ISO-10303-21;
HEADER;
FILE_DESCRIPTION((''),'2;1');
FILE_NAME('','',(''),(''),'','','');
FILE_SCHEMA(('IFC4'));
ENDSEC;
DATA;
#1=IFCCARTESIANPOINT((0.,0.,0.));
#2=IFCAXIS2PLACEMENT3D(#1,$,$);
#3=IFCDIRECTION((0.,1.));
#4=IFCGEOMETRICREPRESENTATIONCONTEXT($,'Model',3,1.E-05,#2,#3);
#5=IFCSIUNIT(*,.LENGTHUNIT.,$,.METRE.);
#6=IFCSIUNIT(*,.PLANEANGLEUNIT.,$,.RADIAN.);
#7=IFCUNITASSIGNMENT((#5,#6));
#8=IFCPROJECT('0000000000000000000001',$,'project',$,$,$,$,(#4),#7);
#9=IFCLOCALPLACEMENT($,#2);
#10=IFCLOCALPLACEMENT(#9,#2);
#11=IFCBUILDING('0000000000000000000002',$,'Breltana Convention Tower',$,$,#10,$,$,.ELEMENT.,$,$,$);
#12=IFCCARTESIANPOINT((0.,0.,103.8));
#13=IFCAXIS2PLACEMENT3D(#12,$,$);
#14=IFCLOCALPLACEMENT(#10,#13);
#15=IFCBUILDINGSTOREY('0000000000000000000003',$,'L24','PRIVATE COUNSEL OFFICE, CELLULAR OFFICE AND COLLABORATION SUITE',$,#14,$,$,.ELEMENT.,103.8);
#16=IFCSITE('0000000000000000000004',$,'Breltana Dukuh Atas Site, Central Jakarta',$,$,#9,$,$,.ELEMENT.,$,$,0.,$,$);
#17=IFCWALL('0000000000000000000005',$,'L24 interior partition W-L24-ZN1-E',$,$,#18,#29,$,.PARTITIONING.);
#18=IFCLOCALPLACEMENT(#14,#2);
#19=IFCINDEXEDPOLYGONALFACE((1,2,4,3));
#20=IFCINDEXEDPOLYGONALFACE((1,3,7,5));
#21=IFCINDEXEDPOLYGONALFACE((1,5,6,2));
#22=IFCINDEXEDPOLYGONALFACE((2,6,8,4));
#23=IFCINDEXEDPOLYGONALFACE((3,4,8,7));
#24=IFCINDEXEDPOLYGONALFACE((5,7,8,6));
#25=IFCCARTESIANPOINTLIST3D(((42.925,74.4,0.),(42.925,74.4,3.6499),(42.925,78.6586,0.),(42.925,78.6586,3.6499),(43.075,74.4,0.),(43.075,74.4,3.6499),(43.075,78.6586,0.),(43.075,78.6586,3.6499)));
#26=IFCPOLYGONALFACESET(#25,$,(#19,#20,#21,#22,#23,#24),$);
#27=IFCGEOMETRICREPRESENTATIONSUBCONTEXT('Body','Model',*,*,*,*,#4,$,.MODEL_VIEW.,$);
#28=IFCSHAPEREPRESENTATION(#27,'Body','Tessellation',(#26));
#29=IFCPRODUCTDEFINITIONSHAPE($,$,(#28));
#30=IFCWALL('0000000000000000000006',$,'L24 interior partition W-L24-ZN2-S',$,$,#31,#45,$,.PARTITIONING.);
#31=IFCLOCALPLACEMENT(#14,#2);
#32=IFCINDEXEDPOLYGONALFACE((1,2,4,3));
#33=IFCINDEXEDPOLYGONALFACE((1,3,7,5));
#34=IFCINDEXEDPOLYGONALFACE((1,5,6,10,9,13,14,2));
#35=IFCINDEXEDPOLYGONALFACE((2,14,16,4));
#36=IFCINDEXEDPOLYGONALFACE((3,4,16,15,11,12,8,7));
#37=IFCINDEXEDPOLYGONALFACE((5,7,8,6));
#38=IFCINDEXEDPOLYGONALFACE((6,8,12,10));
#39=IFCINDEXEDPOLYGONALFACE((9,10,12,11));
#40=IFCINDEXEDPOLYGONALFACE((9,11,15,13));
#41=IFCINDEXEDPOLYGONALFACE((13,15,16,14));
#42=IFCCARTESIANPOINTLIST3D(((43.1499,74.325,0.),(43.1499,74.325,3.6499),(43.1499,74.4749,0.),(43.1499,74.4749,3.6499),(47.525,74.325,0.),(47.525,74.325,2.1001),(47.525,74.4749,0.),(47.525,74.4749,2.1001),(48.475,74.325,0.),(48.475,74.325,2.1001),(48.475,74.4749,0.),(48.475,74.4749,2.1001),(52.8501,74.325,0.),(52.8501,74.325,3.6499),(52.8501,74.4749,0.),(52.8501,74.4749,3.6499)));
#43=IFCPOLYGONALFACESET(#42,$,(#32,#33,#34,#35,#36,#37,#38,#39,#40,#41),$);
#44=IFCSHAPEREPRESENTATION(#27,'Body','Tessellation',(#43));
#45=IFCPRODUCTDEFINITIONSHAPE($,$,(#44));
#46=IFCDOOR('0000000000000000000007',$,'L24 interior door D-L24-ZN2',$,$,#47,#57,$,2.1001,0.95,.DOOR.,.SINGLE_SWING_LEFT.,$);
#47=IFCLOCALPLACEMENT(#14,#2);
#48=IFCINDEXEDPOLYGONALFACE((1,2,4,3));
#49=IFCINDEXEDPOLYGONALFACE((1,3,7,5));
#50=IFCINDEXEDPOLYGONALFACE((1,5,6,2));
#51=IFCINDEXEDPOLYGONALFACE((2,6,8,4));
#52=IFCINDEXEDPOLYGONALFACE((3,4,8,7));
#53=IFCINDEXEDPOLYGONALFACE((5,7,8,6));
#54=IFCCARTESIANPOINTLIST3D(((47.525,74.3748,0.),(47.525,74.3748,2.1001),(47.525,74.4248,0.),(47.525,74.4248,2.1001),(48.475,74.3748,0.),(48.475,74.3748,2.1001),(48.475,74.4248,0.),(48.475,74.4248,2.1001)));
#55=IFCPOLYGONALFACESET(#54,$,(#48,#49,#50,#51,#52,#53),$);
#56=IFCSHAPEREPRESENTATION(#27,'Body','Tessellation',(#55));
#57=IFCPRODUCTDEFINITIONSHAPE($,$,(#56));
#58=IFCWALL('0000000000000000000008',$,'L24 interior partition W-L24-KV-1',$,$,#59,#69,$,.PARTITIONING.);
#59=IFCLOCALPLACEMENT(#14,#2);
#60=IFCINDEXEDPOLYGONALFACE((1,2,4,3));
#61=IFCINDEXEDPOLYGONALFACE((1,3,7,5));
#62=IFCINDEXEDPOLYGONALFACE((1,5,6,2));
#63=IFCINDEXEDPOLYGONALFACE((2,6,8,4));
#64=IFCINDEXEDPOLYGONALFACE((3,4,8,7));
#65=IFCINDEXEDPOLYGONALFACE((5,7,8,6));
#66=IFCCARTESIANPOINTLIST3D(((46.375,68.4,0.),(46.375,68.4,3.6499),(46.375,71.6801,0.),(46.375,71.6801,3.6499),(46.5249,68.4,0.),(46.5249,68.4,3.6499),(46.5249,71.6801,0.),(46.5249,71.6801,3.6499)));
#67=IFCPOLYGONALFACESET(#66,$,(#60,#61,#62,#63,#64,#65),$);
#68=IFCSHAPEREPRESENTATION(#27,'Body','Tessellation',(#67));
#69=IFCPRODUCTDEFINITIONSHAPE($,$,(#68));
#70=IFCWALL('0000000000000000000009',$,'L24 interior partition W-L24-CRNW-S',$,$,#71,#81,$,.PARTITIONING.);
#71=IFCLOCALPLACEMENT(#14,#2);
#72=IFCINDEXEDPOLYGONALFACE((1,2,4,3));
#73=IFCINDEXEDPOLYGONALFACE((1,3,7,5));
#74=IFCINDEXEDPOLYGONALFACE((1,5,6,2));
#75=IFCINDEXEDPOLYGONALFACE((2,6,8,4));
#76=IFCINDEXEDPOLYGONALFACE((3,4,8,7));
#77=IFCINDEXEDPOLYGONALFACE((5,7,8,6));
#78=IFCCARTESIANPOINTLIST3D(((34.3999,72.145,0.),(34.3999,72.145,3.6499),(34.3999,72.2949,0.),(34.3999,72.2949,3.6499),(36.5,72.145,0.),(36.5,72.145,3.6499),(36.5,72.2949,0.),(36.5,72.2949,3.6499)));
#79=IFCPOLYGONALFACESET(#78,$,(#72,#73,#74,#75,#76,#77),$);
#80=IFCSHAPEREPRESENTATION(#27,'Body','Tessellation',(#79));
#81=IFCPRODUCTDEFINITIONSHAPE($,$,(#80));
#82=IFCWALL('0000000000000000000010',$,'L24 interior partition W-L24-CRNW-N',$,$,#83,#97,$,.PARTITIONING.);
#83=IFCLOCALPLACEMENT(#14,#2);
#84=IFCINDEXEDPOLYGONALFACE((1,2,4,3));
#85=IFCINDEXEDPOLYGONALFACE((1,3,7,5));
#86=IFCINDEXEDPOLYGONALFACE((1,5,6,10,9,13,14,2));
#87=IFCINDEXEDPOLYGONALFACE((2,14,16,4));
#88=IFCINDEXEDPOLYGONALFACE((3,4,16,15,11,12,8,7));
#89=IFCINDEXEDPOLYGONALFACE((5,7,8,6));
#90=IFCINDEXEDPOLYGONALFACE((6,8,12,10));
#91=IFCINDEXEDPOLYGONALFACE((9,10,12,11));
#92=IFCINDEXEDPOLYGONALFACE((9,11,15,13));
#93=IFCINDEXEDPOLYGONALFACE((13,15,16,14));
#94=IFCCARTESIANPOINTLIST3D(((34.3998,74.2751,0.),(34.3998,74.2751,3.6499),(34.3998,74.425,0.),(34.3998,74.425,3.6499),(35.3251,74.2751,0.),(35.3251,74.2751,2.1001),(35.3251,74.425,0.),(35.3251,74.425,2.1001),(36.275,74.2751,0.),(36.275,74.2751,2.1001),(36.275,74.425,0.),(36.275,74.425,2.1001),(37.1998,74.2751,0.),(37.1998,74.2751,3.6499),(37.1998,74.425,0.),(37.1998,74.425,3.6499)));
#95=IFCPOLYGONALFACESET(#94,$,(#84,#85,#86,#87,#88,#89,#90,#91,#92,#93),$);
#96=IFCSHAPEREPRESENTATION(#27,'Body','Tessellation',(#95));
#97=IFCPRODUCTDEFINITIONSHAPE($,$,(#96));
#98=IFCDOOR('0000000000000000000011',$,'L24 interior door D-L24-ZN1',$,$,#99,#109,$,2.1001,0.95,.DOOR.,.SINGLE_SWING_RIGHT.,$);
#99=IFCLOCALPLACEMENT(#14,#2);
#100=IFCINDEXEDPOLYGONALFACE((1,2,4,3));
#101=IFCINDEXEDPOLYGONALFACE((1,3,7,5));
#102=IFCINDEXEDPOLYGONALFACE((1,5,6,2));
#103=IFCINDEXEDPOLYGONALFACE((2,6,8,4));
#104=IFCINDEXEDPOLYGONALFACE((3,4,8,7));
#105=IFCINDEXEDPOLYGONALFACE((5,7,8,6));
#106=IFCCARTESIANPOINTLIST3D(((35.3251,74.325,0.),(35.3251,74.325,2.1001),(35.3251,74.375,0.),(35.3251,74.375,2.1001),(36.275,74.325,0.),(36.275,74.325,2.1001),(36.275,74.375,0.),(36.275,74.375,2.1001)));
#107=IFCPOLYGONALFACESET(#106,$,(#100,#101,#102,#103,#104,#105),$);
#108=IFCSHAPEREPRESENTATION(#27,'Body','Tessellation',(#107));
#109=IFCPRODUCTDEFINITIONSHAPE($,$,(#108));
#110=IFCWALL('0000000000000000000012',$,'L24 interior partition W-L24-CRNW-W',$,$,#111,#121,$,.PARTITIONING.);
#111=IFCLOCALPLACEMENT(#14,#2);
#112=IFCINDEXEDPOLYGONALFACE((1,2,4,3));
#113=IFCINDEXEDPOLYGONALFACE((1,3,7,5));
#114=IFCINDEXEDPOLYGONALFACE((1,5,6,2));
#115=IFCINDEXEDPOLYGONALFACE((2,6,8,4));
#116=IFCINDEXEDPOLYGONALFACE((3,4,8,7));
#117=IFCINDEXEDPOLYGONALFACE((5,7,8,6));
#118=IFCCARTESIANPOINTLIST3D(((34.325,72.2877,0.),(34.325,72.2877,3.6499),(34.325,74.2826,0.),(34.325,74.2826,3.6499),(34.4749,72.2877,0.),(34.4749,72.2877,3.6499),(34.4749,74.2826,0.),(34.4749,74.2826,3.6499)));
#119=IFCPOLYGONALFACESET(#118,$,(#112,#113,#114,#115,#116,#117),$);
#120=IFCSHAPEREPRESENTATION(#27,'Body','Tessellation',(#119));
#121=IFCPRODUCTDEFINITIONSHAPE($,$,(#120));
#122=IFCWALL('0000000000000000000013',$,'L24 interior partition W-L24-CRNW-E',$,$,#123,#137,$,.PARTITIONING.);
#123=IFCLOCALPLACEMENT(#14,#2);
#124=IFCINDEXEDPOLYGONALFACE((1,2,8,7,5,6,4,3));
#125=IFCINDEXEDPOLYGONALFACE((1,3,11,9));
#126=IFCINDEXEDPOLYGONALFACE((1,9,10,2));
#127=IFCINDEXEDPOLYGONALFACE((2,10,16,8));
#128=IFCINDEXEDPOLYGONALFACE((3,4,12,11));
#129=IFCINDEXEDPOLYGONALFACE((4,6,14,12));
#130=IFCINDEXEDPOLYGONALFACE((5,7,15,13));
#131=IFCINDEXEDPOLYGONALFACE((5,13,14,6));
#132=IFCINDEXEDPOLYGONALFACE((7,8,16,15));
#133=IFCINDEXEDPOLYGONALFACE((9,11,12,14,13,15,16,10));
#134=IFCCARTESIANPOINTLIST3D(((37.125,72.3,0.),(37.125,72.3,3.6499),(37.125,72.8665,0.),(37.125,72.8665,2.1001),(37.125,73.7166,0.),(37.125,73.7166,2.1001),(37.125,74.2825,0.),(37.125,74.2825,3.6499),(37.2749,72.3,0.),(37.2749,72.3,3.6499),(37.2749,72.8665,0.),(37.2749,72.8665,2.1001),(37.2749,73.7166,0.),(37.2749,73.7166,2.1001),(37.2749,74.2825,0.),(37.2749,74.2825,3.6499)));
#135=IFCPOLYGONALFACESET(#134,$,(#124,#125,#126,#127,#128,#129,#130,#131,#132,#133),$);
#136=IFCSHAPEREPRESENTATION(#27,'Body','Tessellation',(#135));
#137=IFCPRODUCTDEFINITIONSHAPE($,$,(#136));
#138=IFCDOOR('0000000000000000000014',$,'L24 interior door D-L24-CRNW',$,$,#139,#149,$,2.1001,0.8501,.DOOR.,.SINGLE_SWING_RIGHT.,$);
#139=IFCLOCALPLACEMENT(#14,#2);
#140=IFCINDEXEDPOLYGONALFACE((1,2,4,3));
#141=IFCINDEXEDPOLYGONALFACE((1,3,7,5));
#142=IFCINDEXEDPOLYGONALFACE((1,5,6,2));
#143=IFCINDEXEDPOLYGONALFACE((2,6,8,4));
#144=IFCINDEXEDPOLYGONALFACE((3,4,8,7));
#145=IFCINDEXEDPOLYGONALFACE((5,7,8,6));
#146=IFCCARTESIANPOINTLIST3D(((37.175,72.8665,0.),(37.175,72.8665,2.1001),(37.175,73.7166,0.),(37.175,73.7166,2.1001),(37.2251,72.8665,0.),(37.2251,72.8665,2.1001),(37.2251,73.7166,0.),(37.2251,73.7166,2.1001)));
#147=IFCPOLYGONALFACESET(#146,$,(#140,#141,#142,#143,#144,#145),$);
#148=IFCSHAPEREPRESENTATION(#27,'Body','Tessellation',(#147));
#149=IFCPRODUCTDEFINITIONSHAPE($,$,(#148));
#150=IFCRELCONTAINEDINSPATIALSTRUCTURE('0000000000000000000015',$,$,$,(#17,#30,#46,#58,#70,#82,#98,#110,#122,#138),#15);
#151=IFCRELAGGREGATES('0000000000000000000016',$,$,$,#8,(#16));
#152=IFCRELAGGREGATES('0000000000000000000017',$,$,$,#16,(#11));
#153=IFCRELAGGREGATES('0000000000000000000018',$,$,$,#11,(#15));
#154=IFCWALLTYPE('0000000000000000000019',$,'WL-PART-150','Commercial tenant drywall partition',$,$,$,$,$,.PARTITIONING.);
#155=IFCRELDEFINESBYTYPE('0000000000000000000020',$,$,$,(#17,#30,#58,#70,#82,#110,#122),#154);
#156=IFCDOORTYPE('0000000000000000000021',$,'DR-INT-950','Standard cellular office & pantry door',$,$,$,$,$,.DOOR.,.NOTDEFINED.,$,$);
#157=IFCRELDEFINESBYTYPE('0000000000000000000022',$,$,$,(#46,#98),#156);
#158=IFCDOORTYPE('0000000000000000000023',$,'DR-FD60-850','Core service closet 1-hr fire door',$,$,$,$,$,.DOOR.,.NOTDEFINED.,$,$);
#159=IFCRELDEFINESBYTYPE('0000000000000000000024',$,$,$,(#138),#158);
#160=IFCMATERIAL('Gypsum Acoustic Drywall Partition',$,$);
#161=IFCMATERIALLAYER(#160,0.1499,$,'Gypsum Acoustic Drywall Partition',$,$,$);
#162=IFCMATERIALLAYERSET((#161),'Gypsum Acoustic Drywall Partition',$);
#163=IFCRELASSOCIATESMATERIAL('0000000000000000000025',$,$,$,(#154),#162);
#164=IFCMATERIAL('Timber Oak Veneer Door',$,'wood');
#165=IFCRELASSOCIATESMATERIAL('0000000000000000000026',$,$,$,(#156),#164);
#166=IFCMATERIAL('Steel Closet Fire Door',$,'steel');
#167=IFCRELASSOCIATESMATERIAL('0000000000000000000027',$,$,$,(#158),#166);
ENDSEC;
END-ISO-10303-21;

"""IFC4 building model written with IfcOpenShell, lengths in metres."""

from ifc_helpers import new_model, si_unit, direction, frame, frame_2d, origin, place, context, subcontext, project, spatial, rectangle, extrude, source, transform, mapped, material, layer, layer_set, type_object, type_shapes, element, fill, save


model = new_model("IFC4")

# Units and contexts
model_context = context("Model", 3, precision=1e-05, world=origin(), true_north=direction((0.0, 1.0)))
body_context = subcontext(model_context, "Body", "Model", "MODEL_VIEW")
ifc_project = project(units=[si_unit("LENGTHUNIT", "METRE"), si_unit("PLANEANGLEUNIT", "RADIAN")], contexts=[model_context])

# Site, building, storey
site_placement = place(None, origin())
site = spatial("IfcSite", under=ifc_project, at=site_placement, Name="Breltana Dukuh Atas Site, Central Jakarta", CompositionType="ELEMENT", RefElevation=0.0)
building_placement = place(site_placement, origin())
building = spatial("IfcBuilding", under=site, at=building_placement, Name="Breltana Convention Tower", CompositionType="ELEMENT")
storey_placement = place(building_placement, frame((0.0, 0.0, 103.8)))
storey = spatial("IfcBuildingStorey", under=building, at=storey_placement, Name="L24", Description="PRIVATE COUNSEL OFFICE, CELLULAR OFFICE AND COLLABORATION SUITE", CompositionType="ELEMENT", Elevation=103.8)

# Wall
ifc_material_1 = material(Name="Gypsum Acoustic Drywall Partition")
ifc_layer_1 = layer(ifc_material_1, 0.1499, Name="Gypsum Acoustic Drywall Partition")
ifc_layer_set_1 = layer_set([ifc_layer_1], Name="Gypsum Acoustic Drywall Partition")
wall_type_1 = type_object("IfcWallType", Name="WL-PART-150", Description="Commercial tenant drywall partition", PredefinedType="PARTITIONING", material=ifc_layer_set_1)
shared_shape_1 = source(origin(), body_context, "Body", "SweptSolid", [
    extrude(rectangle(XDim=4.2585, YDim=0.1499, at=frame_2d((2.1294, 0.0))), origin(), (0.0, 0.0, 1.0), 3.6499),
])
wall_1_placement = place(storey_placement, frame((43.0, 74.3999, 0.0), z_axis=(0.0, 0.0, 1.0), x_axis=(0.0, 1.0, 0.0)))
element("IfcWall", 1, at=wall_1_placement, inside=storey, type_object=wall_type_1, Name="L24 interior partition W-L24-ZN1-E", PredefinedType="PARTITIONING", context=body_context, shape_type="MappedRepresentation", body=[
    mapped(shared_shape_1, transform((0.0, 0.0, 0.0), scale=1.0)),
])

# Wall, opening, door
shared_shape_2 = source(origin(), body_context, "Body", "SweptSolid", [
    extrude(rectangle(XDim=9.7002, YDim=0.1499, at=frame_2d((4.8501, 0.0))), origin(), (0.0, 0.0, 1.0), 3.6499),
])
wall_2_placement = place(storey_placement, frame((43.1499, 74.3999, 0.0), z_axis=(0.0, 0.0, 1.0), x_axis=(1.0, 0.0, 0.0)))
wall_2 = element("IfcWall", 2, at=wall_2_placement, inside=storey, type_object=wall_type_1, Name="L24 interior partition W-L24-ZN2-S", PredefinedType="PARTITIONING", context=body_context, shape_type="MappedRepresentation", body=[
    mapped(shared_shape_2, transform((0.0, 0.0, 0.0), scale=1.0)),
])
opening_1_placement = place(wall_2_placement, frame((4.375, 0.0, 0.0)))
opening_1 = element("IfcOpeningElement", 3, at=opening_1_placement, cuts=wall_2, PredefinedType="OPENING", context=body_context, shape_type="SweptSolid", body=[
    extrude(rectangle(XDim=0.95, YDim=2.1001, at=frame_2d((0.4751, 1.05))), frame((0.0, 0.085, 0.0), z_axis=(0.0, -1.0, 0.0), x_axis=(1.0, 0.0, 0.0)), (0.0, 0.0, 1.0), 0.1699),
])
ifc_material_2 = material(Name="Timber Oak Veneer Door", Category="wood")
door_type_1 = type_object("IfcDoorType", Name="DR-INT-950", Description="Standard cellular office & pantry door", OperationType="NOTDEFINED", PredefinedType="DOOR", material=ifc_material_2)
shared_shape_3 = source(origin(), body_context, "Body", "SweptSolid", [
    extrude(rectangle(XDim=0.95, YDim=2.1001, at=frame_2d((0.4751, 1.05))), frame((0.0, 0.0249, 0.0), z_axis=(0.0, -1.0, 0.0), x_axis=(1.0, 0.0, 0.0)), (0.0, 0.0, 1.0), 0.05),
])
type_shapes(door_type_1, [shared_shape_3])
door_1_placement = place(opening_1_placement, origin())
door_1 = element("IfcDoor", 4, at=door_1_placement, inside=storey, type_object=door_type_1, Name="L24 interior door D-L24-ZN2", OperationType="SINGLE_SWING_LEFT", OverallHeight=2.1001, OverallWidth=0.95, PredefinedType="DOOR", context=body_context, shape_type="MappedRepresentation", body=[
    mapped(shared_shape_3, transform((0.0, 0.0, 0.0), scale=1.0)),
])
fill(opening_1, door_1)

# Walls
shared_shape_4 = source(origin(), body_context, "Body", "SweptSolid", [
    extrude(rectangle(XDim=3.28, YDim=0.1499, at=frame_2d((1.6401, 0.0))), origin(), (0.0, 0.0, 1.0), 3.6499),
])
wall_3_placement = place(storey_placement, frame((46.45, 68.3999, 0.0), z_axis=(0.0, 0.0, 1.0), x_axis=(0.0, 1.0, 0.0)))
element("IfcWall", 5, at=wall_3_placement, inside=storey, type_object=wall_type_1, Name="L24 interior partition W-L24-KV-1", PredefinedType="PARTITIONING", context=body_context, shape_type="MappedRepresentation", body=[
    mapped(shared_shape_4, transform((0.0, 0.0, 0.0), scale=1.0)),
])
shared_shape_5 = source(origin(), body_context, "Body", "SweptSolid", [
    extrude(rectangle(XDim=2.1001, YDim=0.1499, at=frame_2d((1.05, 0.0))), origin(), (0.0, 0.0, 1.0), 3.6499),
])
wall_4_placement = place(storey_placement, frame((34.3999, 72.22, 0.0), z_axis=(0.0, 0.0, 1.0), x_axis=(1.0, 0.0, 0.0)))
element("IfcWall", 6, at=wall_4_placement, inside=storey, type_object=wall_type_1, Name="L24 interior partition W-L24-CRNW-S", PredefinedType="PARTITIONING", context=body_context, shape_type="MappedRepresentation", body=[
    mapped(shared_shape_5, transform((0.0, 0.0, 0.0), scale=1.0)),
])

# Wall, opening, door
shared_shape_6 = source(origin(), body_context, "Body", "SweptSolid", [
    extrude(rectangle(XDim=2.8, YDim=0.1499, at=frame_2d((1.3999, 0.0))), origin(), (0.0, 0.0, 1.0), 3.6499),
])
wall_5_placement = place(storey_placement, frame((34.3999, 74.3501, 0.0), z_axis=(0.0, 0.0, 1.0), x_axis=(1.0, 0.0, 0.0)))
wall_5 = element("IfcWall", 7, at=wall_5_placement, inside=storey, type_object=wall_type_1, Name="L24 interior partition W-L24-CRNW-N", PredefinedType="PARTITIONING", context=body_context, shape_type="MappedRepresentation", body=[
    mapped(shared_shape_6, transform((0.0, 0.0, 0.0), scale=1.0)),
])
opening_2_placement = place(wall_5_placement, frame((0.925, 0.0, 0.0)))
opening_2 = element("IfcOpeningElement", 8, at=opening_2_placement, cuts=wall_5, PredefinedType="OPENING", context=body_context, shape_type="SweptSolid", body=[
    extrude(rectangle(XDim=0.95, YDim=2.1001, at=frame_2d((0.4751, 1.05))), frame((0.0, 0.085, 0.0), z_axis=(0.0, -1.0, 0.0), x_axis=(1.0, 0.0, 0.0)), (0.0, 0.0, 1.0), 0.1699),
])
door_2_placement = place(opening_2_placement, origin())
door_2 = element("IfcDoor", 9, at=door_2_placement, inside=storey, type_object=door_type_1, Name="L24 interior door D-L24-ZN1", OperationType="SINGLE_SWING_RIGHT", OverallHeight=2.1001, OverallWidth=0.95, PredefinedType="DOOR", context=body_context, shape_type="MappedRepresentation", body=[
    mapped(shared_shape_3, transform((0.0, 0.0, 0.0), scale=1.0)),
])
fill(opening_2, door_2)

# Wall
shared_shape_7 = source(origin(), body_context, "Body", "SweptSolid", [
    extrude(rectangle(XDim=1.9949, YDim=0.1499, at=frame_2d((0.9976, 0.0))), origin(), (0.0, 0.0, 1.0), 3.6499),
])
wall_6_placement = place(storey_placement, frame((34.3999, 72.2876, 0.0), z_axis=(0.0, 0.0, 1.0), x_axis=(0.0, 1.0, 0.0)))
element("IfcWall", 10, at=wall_6_placement, inside=storey, type_object=wall_type_1, Name="L24 interior partition W-L24-CRNW-W", PredefinedType="PARTITIONING", context=body_context, shape_type="MappedRepresentation", body=[
    mapped(shared_shape_7, transform((0.0, 0.0, 0.0), scale=1.0)),
])

# Wall, opening, door
shared_shape_8 = source(origin(), body_context, "Body", "SweptSolid", [
    extrude(rectangle(XDim=1.9824, YDim=0.1499, at=frame_2d((0.9912, 0.0))), origin(), (0.0, 0.0, 1.0), 3.6499),
])
wall_7_placement = place(storey_placement, frame((37.2, 72.3, 0.0), z_axis=(0.0, 0.0, 1.0), x_axis=(0.0, 1.0, 0.0)))
wall_7 = element("IfcWall", 11, at=wall_7_placement, inside=storey, type_object=wall_type_1, Name="L24 interior partition W-L24-CRNW-E", PredefinedType="PARTITIONING", context=body_context, shape_type="MappedRepresentation", body=[
    mapped(shared_shape_8, transform((0.0, 0.0, 0.0), scale=1.0)),
])
opening_3_placement = place(wall_7_placement, frame((0.5664, 0.0, 0.0)))
opening_3 = element("IfcOpeningElement", 12, at=opening_3_placement, cuts=wall_7, PredefinedType="OPENING", context=body_context, shape_type="SweptSolid", body=[
    extrude(rectangle(XDim=0.8501, YDim=2.1001, at=frame_2d((0.425, 1.05))), frame((0.0, 0.085, 0.0), z_axis=(0.0, -1.0, 0.0), x_axis=(1.0, 0.0, 0.0)), (0.0, 0.0, 1.0), 0.1699),
])
ifc_material_3 = material(Name="Steel Closet Fire Door", Category="steel")
door_type_2 = type_object("IfcDoorType", Name="DR-FD60-850", Description="Core service closet 1-hr fire door", OperationType="NOTDEFINED", PredefinedType="DOOR", material=ifc_material_3)
shared_shape_9 = source(origin(), body_context, "Body", "SweptSolid", [
    extrude(rectangle(XDim=0.8501, YDim=2.1001, at=frame_2d((0.425, 1.05))), frame((0.0, 0.0249, 0.0), z_axis=(0.0, -1.0, 0.0), x_axis=(1.0, 0.0, 0.0)), (0.0, 0.0, 1.0), 0.05),
])
type_shapes(door_type_2, [shared_shape_9])
door_3_placement = place(opening_3_placement, origin())
door_3 = element("IfcDoor", 13, at=door_3_placement, inside=storey, type_object=door_type_2, Name="L24 interior door D-L24-CRNW", OperationType="SINGLE_SWING_RIGHT", OverallHeight=2.1001, OverallWidth=0.8501, PredefinedType="DOOR", context=body_context, shape_type="MappedRepresentation", body=[
    mapped(shared_shape_9, transform((0.0, 0.0, 0.0), scale=1.0)),
])
fill(opening_3, door_3)

save(model, "model.ifc")
